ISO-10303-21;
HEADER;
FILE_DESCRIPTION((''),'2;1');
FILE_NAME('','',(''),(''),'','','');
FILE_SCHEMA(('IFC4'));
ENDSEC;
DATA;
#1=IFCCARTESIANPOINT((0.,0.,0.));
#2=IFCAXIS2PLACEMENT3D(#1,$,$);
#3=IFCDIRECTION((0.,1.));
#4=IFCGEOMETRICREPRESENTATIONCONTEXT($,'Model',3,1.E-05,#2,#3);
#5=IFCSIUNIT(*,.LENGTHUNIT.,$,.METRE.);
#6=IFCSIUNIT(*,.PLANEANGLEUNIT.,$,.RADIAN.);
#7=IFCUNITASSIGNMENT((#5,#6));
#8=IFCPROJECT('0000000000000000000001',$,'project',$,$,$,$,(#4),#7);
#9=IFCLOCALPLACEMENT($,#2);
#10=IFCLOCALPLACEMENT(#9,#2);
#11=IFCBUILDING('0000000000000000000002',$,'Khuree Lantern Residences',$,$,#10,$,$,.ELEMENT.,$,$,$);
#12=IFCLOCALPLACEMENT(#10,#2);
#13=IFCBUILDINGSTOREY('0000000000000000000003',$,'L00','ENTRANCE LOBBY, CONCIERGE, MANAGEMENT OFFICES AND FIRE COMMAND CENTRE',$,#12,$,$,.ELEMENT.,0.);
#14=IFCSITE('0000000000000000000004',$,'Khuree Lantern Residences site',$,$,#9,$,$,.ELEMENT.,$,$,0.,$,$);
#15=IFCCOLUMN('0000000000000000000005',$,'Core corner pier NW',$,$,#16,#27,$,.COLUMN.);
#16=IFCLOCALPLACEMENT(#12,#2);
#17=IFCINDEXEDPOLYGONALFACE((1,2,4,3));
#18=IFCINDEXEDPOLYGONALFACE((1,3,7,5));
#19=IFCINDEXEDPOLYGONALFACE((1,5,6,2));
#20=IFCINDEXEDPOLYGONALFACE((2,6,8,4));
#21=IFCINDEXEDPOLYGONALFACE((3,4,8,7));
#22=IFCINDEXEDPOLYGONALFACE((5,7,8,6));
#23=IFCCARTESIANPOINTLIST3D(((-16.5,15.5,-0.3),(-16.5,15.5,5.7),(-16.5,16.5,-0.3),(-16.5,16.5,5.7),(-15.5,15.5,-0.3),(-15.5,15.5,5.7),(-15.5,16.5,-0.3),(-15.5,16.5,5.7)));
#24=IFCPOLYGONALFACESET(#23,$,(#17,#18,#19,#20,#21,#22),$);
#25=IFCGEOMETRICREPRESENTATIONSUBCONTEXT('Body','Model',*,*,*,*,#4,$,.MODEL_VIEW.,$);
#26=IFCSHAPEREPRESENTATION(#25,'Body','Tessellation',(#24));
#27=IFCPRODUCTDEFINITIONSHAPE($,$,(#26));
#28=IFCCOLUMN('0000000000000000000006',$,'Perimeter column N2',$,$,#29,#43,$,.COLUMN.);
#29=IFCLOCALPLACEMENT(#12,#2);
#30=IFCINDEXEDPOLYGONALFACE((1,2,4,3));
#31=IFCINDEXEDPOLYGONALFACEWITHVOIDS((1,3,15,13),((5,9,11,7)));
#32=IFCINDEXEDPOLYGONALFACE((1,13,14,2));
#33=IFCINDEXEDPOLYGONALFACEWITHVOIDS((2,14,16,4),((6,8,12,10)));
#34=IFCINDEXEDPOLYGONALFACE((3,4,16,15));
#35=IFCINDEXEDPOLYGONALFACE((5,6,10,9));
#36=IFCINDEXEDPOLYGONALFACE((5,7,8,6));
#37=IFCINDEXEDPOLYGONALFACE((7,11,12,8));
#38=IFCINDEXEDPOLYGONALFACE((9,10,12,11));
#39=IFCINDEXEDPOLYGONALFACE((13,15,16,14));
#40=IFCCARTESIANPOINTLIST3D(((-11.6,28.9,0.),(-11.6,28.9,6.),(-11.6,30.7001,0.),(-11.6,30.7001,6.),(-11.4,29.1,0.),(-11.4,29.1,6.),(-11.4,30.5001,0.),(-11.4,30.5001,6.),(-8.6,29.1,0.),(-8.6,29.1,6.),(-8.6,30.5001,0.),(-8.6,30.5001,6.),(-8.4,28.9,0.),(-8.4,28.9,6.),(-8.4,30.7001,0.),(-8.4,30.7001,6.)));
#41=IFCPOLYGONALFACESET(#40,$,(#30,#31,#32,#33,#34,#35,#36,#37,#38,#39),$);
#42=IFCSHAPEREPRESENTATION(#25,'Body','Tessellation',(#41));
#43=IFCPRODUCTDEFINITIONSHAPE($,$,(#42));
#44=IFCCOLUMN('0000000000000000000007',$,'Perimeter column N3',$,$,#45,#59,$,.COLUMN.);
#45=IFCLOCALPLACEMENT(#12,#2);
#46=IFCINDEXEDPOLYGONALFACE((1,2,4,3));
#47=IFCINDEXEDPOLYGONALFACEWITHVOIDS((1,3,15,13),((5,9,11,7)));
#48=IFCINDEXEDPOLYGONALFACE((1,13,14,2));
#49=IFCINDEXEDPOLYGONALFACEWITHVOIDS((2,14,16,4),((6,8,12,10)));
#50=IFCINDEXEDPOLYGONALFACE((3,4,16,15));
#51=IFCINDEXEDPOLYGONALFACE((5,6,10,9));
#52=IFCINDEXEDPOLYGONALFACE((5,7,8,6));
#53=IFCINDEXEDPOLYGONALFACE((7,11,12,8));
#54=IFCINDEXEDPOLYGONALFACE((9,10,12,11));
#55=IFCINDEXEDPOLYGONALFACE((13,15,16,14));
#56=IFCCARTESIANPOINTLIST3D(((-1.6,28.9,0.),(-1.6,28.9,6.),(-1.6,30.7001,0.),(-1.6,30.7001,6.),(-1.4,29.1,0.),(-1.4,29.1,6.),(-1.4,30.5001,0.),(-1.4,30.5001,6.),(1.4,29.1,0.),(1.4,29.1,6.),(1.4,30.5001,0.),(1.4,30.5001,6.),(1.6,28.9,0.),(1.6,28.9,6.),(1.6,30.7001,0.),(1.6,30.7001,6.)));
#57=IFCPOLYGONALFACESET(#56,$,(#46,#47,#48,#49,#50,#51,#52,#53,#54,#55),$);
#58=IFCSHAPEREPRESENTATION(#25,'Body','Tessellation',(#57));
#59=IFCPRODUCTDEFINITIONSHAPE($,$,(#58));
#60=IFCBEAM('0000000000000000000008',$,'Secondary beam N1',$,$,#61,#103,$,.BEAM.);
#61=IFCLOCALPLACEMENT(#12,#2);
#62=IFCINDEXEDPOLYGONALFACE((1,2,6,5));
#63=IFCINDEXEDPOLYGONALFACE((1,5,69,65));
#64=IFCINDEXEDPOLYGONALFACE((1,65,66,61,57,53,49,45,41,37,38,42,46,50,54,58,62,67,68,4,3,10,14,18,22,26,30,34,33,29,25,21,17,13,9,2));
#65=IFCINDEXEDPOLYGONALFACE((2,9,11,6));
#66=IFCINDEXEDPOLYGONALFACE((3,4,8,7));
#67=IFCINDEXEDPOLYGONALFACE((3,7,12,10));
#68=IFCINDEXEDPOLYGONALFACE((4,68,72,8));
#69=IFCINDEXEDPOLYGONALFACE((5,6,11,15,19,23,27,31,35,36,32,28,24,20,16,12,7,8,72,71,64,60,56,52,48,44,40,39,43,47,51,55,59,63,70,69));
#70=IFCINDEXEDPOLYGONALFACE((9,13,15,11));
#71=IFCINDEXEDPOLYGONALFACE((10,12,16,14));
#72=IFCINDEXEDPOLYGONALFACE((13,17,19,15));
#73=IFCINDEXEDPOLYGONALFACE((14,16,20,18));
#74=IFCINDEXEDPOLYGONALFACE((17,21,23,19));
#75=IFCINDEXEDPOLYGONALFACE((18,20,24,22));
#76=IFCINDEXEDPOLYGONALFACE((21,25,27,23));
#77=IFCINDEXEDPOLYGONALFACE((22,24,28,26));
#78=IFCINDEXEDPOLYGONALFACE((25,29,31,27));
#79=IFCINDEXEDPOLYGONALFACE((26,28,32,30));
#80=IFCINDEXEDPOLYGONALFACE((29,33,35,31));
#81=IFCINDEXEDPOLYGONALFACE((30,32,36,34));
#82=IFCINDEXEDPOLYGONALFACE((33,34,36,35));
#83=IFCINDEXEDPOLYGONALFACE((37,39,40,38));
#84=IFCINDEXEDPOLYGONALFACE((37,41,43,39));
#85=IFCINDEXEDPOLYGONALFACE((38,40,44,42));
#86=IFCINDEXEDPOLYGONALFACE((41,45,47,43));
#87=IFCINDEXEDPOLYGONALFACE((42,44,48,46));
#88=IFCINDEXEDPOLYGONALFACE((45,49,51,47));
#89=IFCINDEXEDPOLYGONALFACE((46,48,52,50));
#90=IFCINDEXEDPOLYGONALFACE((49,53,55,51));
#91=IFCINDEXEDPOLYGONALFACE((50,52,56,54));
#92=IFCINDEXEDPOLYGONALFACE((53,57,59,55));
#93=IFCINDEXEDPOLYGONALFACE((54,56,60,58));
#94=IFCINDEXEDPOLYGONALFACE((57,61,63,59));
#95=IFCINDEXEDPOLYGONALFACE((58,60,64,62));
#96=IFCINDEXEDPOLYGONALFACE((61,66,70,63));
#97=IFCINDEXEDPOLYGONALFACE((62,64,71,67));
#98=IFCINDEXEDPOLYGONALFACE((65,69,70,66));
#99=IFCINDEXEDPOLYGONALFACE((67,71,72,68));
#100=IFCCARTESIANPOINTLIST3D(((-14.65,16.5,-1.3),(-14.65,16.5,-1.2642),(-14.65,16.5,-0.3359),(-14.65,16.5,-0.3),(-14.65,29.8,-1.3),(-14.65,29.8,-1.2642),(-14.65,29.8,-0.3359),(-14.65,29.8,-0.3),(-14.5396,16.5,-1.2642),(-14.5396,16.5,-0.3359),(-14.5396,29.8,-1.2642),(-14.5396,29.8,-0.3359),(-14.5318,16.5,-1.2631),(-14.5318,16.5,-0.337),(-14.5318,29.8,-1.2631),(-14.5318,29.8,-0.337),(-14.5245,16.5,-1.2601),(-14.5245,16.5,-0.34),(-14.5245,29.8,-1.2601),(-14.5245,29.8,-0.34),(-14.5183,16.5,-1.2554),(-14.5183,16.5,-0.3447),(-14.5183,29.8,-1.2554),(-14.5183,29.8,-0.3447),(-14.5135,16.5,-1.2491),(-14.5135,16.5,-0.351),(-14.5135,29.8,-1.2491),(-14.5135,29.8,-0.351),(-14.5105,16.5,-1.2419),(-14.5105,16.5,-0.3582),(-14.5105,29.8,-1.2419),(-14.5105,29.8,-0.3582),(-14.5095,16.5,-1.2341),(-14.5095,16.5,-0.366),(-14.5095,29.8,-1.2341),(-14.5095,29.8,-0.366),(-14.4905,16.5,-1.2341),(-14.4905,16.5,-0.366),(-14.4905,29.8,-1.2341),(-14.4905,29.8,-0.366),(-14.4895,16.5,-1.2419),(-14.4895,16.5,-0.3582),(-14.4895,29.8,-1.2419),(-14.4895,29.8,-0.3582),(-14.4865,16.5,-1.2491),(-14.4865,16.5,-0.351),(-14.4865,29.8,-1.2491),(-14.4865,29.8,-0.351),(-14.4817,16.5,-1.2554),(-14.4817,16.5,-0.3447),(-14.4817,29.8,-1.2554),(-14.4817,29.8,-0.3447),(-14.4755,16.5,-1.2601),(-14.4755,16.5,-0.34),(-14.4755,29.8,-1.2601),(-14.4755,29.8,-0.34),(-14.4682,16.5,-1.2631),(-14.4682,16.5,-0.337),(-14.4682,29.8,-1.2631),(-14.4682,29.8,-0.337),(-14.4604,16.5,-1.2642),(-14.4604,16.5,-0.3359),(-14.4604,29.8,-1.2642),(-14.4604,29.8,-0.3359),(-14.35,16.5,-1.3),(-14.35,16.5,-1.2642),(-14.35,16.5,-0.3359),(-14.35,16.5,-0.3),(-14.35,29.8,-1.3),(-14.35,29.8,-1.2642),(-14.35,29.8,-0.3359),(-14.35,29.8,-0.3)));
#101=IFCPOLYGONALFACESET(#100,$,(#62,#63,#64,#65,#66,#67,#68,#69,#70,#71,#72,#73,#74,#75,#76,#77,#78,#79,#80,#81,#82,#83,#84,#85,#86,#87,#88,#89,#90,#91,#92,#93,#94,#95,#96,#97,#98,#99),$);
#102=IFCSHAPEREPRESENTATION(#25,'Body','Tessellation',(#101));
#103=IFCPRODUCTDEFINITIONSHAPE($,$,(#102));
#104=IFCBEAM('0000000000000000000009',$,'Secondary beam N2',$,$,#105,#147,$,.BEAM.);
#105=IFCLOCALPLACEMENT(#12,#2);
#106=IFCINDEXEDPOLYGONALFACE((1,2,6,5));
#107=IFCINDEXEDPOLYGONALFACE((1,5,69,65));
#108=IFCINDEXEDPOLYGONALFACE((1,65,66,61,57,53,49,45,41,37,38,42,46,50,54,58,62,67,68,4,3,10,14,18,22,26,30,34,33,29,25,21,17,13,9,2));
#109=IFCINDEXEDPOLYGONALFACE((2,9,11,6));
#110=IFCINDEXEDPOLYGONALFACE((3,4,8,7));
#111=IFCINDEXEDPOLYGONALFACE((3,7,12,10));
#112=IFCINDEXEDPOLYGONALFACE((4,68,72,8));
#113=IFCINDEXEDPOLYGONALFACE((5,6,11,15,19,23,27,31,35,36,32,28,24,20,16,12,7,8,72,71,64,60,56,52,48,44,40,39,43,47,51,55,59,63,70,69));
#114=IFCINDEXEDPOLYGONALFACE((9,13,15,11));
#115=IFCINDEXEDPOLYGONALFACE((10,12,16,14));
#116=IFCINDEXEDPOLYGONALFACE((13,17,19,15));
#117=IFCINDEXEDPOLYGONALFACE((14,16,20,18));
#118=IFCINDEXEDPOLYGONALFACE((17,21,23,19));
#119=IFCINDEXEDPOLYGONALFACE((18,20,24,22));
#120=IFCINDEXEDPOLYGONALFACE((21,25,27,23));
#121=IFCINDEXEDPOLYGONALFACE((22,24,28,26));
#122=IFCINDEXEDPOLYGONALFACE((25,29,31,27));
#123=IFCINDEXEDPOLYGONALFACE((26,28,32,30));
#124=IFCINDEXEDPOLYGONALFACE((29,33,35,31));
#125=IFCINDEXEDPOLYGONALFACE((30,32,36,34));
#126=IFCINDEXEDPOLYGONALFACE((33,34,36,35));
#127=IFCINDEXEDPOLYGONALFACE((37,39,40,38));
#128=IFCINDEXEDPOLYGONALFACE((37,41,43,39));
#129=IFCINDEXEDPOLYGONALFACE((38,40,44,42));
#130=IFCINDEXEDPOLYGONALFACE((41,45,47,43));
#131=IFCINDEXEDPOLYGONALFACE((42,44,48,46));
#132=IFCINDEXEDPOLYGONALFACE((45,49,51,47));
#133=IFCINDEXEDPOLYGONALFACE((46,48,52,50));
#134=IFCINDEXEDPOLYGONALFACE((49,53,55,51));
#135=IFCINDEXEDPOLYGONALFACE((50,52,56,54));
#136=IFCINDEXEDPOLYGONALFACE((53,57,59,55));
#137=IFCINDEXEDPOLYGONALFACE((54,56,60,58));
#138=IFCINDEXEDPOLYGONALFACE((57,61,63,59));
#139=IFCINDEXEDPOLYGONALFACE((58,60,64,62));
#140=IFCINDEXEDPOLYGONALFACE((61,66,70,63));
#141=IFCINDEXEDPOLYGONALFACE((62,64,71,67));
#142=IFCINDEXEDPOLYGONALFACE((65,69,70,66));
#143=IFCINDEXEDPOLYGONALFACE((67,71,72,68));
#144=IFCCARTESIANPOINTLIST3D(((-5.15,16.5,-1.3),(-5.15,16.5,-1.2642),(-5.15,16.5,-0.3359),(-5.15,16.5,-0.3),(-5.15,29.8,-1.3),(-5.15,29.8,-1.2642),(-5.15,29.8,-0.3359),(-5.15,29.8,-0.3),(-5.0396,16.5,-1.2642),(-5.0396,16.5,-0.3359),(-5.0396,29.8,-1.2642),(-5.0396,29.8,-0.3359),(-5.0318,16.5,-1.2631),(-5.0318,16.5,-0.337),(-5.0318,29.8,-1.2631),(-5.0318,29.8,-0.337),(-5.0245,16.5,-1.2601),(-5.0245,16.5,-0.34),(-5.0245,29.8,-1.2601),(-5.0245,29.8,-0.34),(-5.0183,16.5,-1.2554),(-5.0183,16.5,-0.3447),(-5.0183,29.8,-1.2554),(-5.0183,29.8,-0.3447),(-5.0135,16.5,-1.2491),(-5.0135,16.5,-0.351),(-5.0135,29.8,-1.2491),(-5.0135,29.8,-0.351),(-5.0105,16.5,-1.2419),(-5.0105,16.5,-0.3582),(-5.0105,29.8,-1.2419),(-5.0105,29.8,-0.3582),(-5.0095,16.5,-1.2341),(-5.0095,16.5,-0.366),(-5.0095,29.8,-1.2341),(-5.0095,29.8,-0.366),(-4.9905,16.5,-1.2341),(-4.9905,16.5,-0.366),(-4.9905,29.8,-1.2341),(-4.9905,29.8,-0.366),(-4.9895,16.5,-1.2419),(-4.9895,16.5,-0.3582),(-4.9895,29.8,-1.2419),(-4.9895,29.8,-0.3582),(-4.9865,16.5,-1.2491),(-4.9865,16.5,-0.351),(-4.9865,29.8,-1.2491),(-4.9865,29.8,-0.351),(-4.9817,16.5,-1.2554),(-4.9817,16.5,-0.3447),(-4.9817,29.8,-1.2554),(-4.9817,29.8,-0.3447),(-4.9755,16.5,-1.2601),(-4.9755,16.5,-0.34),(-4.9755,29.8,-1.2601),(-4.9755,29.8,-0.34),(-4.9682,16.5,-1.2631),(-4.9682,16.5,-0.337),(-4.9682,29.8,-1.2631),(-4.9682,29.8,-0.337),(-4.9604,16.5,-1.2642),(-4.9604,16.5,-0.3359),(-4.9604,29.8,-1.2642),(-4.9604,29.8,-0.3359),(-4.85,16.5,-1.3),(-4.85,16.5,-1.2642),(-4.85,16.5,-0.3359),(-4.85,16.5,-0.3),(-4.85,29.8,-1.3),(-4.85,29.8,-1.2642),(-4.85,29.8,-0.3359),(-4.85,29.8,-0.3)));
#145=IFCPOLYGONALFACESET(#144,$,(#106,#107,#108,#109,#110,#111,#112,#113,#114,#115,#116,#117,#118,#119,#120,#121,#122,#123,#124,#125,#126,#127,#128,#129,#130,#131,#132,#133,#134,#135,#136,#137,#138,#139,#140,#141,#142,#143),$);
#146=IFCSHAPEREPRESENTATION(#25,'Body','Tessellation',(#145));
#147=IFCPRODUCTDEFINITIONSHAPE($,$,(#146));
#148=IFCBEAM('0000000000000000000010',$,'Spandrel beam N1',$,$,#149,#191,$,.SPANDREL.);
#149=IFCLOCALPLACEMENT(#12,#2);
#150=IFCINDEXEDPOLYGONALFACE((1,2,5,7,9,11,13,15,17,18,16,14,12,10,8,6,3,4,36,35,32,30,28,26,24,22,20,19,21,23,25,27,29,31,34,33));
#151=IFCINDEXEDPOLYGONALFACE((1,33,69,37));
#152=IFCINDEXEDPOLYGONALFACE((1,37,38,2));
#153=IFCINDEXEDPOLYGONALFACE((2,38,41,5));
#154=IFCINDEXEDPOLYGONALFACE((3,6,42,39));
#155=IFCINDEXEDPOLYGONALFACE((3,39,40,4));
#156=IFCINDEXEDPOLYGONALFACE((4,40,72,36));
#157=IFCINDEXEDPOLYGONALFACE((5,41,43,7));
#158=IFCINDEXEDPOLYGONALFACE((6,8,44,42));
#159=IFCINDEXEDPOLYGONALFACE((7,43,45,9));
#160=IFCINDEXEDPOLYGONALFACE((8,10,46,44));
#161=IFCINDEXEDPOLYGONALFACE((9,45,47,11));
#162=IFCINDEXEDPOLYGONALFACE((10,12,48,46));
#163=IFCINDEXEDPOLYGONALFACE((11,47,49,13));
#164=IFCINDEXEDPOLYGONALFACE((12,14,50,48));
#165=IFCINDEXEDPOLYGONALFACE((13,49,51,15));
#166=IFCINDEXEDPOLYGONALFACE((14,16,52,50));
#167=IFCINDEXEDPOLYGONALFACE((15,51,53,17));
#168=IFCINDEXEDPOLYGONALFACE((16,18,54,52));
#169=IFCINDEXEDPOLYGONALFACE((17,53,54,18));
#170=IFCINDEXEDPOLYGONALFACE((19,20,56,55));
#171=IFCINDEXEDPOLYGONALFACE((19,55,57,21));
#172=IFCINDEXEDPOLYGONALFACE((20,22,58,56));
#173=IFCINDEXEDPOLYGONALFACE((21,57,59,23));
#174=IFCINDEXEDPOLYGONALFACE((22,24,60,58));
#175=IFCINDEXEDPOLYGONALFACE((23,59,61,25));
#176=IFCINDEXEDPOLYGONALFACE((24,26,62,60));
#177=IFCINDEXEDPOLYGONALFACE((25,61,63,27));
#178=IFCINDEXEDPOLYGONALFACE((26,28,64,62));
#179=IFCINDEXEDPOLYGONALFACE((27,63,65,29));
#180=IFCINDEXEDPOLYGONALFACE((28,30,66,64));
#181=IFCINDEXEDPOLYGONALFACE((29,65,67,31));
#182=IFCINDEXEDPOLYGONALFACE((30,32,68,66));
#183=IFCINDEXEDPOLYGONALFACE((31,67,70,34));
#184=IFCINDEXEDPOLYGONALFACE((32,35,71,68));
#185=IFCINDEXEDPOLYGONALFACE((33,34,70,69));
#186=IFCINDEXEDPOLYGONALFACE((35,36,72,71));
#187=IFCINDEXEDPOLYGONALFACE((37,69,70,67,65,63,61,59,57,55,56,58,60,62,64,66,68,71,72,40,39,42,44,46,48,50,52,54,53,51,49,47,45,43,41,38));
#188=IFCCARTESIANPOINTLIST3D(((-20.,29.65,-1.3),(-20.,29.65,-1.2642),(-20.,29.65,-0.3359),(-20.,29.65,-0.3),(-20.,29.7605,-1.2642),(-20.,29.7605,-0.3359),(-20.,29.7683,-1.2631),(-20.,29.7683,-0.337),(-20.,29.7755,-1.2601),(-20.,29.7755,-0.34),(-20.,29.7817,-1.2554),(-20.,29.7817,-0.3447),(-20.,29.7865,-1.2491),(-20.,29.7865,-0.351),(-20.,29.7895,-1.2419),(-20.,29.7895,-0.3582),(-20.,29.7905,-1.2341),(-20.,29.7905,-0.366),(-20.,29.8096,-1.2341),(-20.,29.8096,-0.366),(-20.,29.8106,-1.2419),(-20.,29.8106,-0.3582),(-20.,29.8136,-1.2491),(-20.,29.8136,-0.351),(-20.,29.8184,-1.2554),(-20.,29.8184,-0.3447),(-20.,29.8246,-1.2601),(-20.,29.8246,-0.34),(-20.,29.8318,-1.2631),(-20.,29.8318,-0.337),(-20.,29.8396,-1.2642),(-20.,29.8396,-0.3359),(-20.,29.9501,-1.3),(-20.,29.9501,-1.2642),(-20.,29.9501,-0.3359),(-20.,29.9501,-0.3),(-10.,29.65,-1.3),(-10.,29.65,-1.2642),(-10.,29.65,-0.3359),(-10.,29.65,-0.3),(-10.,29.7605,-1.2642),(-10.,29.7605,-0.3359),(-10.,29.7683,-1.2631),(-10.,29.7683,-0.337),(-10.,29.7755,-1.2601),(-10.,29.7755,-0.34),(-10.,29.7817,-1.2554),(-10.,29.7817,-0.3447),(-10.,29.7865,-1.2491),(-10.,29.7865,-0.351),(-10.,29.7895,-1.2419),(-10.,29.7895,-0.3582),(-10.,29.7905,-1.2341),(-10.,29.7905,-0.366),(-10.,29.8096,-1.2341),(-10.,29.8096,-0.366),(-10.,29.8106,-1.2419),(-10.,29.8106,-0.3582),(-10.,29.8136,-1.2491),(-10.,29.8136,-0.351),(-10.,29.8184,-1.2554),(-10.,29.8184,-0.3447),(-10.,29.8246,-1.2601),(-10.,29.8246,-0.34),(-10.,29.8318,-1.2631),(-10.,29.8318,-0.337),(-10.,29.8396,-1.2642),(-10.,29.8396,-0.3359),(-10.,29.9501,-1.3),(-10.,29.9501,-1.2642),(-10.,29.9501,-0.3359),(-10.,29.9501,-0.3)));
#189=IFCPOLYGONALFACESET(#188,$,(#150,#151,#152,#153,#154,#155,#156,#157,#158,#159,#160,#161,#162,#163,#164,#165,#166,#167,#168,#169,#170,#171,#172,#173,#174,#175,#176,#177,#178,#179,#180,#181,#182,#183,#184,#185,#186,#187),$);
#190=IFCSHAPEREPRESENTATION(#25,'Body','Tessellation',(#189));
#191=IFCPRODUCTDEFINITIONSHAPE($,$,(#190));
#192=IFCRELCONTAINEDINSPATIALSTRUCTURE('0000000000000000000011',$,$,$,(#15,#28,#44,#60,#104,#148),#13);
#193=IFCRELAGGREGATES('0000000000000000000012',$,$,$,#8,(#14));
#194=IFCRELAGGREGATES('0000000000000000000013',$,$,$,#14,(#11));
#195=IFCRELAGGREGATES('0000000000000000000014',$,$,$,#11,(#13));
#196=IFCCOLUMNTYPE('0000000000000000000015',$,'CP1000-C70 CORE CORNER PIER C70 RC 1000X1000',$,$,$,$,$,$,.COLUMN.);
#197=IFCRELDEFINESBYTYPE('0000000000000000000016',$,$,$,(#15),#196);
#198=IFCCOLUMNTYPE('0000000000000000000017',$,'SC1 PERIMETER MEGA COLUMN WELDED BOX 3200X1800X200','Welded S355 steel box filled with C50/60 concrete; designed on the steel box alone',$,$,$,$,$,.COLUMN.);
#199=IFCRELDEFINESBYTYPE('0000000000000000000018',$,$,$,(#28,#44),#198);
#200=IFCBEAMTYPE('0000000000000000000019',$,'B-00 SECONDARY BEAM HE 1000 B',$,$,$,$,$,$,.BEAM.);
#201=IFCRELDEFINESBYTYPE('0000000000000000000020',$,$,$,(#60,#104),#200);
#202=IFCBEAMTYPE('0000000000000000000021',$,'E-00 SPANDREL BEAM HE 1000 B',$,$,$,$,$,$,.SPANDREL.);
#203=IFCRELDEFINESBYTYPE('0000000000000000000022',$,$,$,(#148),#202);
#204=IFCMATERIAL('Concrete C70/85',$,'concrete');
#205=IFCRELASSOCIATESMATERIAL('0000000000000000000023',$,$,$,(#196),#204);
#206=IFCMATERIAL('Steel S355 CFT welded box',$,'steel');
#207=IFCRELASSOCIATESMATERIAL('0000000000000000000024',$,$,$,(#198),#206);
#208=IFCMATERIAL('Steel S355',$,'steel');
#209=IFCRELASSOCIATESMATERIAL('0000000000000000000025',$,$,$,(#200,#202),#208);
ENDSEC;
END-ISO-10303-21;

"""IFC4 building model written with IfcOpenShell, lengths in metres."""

from ifc_helpers import new_model, si_unit, direction, frame, origin, origin_2d, place, context, subcontext, project, spatial, rectangle, hollow_rectangle, i_section, extrude, material, material_profile, profile_set, type_object, element, save


model = new_model("IFC4")

# Units and contexts
model_context = context("Model", 3, precision=1e-05, world=origin(), true_north=direction((0.0, 1.0)))
body_context = subcontext(model_context, "Body", "Model", "MODEL_VIEW")
ifc_project = project(units=[si_unit("LENGTHUNIT", "METRE"), si_unit("PLANEANGLEUNIT", "RADIAN")], contexts=[model_context])

# Site, building, storey
site_placement = place(None, origin())
site = spatial("IfcSite", under=ifc_project, at=site_placement, Name="Khuree Lantern Residences site", CompositionType="ELEMENT", RefElevation=0.0)
building_placement = place(site_placement, origin())
building = spatial("IfcBuilding", under=site, at=building_placement, Name="Khuree Lantern Residences", CompositionType="ELEMENT")
storey_placement = place(building_placement, origin())
storey = spatial("IfcBuildingStorey", under=building, at=storey_placement, Name="L00", Description="ENTRANCE LOBBY, CONCIERGE, MANAGEMENT OFFICES AND FIRE COMMAND CENTRE", CompositionType="ELEMENT", Elevation=0.0)

# Columns
ifc_material_1 = material(Name="Concrete C70/85", Category="concrete")
ifc_material_profile_1 = material_profile(ifc_material_1, rectangle(XDim=1.0, YDim=1.0, at=origin_2d()), Name="RC 1000X1000")
ifc_profile_set_1 = profile_set([ifc_material_profile_1], Name="Concrete C70/85")
column_type_1 = type_object("IfcColumnType", Name="CP1000-C70 CORE CORNER PIER C70 RC 1000X1000", PredefinedType="COLUMN", material=ifc_profile_set_1)
column_placement = place(storey_placement, frame((-16.0, 16.0, -0.3), z_axis=(0.0, 0.0, 1.0), x_axis=(1.0, 0.0, 0.0)))
element("IfcColumn", 1, at=column_placement, inside=storey, type_object=column_type_1, Name="Core corner pier NW", PredefinedType="COLUMN", context=body_context, shape_type="SweptSolid", body=[
    extrude(rectangle(XDim=1.0, YDim=1.0, at=origin_2d()), origin(), (0.0, 0.0, 1.0), 6.0),
])
ifc_material_2 = material(Name="Steel S355 CFT welded box", Category="steel")
ifc_material_profile_2 = material_profile(ifc_material_2, hollow_rectangle(XDim=3.2, YDim=1.8, WallThickness=0.2, at=origin_2d()), Name="WELDED BOX 3200X1800X200")
ifc_profile_set_2 = profile_set([ifc_material_profile_2], Name="Steel S355 CFT welded box")
column_type_2 = type_object("IfcColumnType", Name="SC1 PERIMETER MEGA COLUMN WELDED BOX 3200X1800X200", Description="Welded S355 steel box filled with C50/60 concrete; designed on the steel box alone", PredefinedType="COLUMN", material=ifc_profile_set_2)
for number, where, z_axis, x_axis, name in (
    (2, (-10.0, 29.8, 0.0), (0.0, 0.0, 1.0), (1.0, 0.0, 0.0), "Perimeter column N2"),
    (3, (0.0, 29.8, 0.0), (0.0, 0.0, 1.0), (1.0, 0.0, 0.0), "Perimeter column N3"),
):
    element("IfcColumn", number, at=place(storey_placement, frame(where, z_axis=z_axis, x_axis=x_axis)), inside=storey, type_object=column_type_2, Name=name, PredefinedType="COLUMN", context=body_context, shape_type="SweptSolid", body=[
        extrude(hollow_rectangle(XDim=3.2, YDim=1.8, WallThickness=0.2, at=origin_2d()), origin(), (0.0, 0.0, 1.0), 6.0),
    ])

# Beams
ifc_material_3 = material(Name="Steel S355", Category="steel")
ifc_material_profile_3 = material_profile(ifc_material_3, i_section(OverallWidth=0.3, OverallDepth=1.0, WebThickness=0.019, FlangeThickness=0.0359, FilletRadius=0.03, at=origin_2d()), Name="HE 1000 B")
ifc_profile_set_3 = profile_set([ifc_material_profile_3], Name="Steel S355")
beam_type_1 = type_object("IfcBeamType", Name="B-00 SECONDARY BEAM HE 1000 B", PredefinedType="BEAM", material=ifc_profile_set_3)
for number, where, z_axis, x_axis, name in (
    (4, (-14.5, 29.8, -0.8), (0.0, -1.0, 0.0), (1.0, 0.0, 0.0), "Secondary beam N1"),
    (5, (-5.0, 29.8, -0.8), (0.0, -1.0, 0.0), (1.0, 0.0, 0.0), "Secondary beam N2"),
):
    element("IfcBeam", number, at=place(storey_placement, frame(where, z_axis=z_axis, x_axis=x_axis)), inside=storey, type_object=beam_type_1, Name=name, PredefinedType="BEAM", context=body_context, shape_type="SweptSolid", body=[
        extrude(i_section(OverallWidth=0.3, OverallDepth=1.0, WebThickness=0.019, FlangeThickness=0.0359, FilletRadius=0.03, at=origin_2d()), origin(), (0.0, 0.0, 1.0), 13.3),
    ])
ifc_material_profile_4 = material_profile(ifc_material_3, i_section(OverallWidth=0.3, OverallDepth=1.0, WebThickness=0.019, FlangeThickness=0.0359, FilletRadius=0.03, at=origin_2d()), Name="HE 1000 B")
ifc_profile_set_4 = profile_set([ifc_material_profile_4], Name="Steel S355")
beam_type_2 = type_object("IfcBeamType", Name="E-00 SPANDREL BEAM HE 1000 B", PredefinedType="SPANDREL", material=ifc_profile_set_4)
for number, where, z_axis, x_axis, name in (
    (6, (-20.0, 29.8, -0.8), (1.0, 0.0, 0.0), (0.0, 1.0, 0.0), "Spandrel beam N1"),
):
    element("IfcBeam", number, at=place(storey_placement, frame(where, z_axis=z_axis, x_axis=x_axis)), inside=storey, type_object=beam_type_2, Name=name, PredefinedType="SPANDREL", context=body_context, shape_type="SweptSolid", body=[
        extrude(i_section(OverallWidth=0.3, OverallDepth=1.0, WebThickness=0.019, FlangeThickness=0.0359, FilletRadius=0.03, at=origin_2d()), origin(), (0.0, 0.0, 1.0), 10.0),
    ])

save(model, "model.ifc")
